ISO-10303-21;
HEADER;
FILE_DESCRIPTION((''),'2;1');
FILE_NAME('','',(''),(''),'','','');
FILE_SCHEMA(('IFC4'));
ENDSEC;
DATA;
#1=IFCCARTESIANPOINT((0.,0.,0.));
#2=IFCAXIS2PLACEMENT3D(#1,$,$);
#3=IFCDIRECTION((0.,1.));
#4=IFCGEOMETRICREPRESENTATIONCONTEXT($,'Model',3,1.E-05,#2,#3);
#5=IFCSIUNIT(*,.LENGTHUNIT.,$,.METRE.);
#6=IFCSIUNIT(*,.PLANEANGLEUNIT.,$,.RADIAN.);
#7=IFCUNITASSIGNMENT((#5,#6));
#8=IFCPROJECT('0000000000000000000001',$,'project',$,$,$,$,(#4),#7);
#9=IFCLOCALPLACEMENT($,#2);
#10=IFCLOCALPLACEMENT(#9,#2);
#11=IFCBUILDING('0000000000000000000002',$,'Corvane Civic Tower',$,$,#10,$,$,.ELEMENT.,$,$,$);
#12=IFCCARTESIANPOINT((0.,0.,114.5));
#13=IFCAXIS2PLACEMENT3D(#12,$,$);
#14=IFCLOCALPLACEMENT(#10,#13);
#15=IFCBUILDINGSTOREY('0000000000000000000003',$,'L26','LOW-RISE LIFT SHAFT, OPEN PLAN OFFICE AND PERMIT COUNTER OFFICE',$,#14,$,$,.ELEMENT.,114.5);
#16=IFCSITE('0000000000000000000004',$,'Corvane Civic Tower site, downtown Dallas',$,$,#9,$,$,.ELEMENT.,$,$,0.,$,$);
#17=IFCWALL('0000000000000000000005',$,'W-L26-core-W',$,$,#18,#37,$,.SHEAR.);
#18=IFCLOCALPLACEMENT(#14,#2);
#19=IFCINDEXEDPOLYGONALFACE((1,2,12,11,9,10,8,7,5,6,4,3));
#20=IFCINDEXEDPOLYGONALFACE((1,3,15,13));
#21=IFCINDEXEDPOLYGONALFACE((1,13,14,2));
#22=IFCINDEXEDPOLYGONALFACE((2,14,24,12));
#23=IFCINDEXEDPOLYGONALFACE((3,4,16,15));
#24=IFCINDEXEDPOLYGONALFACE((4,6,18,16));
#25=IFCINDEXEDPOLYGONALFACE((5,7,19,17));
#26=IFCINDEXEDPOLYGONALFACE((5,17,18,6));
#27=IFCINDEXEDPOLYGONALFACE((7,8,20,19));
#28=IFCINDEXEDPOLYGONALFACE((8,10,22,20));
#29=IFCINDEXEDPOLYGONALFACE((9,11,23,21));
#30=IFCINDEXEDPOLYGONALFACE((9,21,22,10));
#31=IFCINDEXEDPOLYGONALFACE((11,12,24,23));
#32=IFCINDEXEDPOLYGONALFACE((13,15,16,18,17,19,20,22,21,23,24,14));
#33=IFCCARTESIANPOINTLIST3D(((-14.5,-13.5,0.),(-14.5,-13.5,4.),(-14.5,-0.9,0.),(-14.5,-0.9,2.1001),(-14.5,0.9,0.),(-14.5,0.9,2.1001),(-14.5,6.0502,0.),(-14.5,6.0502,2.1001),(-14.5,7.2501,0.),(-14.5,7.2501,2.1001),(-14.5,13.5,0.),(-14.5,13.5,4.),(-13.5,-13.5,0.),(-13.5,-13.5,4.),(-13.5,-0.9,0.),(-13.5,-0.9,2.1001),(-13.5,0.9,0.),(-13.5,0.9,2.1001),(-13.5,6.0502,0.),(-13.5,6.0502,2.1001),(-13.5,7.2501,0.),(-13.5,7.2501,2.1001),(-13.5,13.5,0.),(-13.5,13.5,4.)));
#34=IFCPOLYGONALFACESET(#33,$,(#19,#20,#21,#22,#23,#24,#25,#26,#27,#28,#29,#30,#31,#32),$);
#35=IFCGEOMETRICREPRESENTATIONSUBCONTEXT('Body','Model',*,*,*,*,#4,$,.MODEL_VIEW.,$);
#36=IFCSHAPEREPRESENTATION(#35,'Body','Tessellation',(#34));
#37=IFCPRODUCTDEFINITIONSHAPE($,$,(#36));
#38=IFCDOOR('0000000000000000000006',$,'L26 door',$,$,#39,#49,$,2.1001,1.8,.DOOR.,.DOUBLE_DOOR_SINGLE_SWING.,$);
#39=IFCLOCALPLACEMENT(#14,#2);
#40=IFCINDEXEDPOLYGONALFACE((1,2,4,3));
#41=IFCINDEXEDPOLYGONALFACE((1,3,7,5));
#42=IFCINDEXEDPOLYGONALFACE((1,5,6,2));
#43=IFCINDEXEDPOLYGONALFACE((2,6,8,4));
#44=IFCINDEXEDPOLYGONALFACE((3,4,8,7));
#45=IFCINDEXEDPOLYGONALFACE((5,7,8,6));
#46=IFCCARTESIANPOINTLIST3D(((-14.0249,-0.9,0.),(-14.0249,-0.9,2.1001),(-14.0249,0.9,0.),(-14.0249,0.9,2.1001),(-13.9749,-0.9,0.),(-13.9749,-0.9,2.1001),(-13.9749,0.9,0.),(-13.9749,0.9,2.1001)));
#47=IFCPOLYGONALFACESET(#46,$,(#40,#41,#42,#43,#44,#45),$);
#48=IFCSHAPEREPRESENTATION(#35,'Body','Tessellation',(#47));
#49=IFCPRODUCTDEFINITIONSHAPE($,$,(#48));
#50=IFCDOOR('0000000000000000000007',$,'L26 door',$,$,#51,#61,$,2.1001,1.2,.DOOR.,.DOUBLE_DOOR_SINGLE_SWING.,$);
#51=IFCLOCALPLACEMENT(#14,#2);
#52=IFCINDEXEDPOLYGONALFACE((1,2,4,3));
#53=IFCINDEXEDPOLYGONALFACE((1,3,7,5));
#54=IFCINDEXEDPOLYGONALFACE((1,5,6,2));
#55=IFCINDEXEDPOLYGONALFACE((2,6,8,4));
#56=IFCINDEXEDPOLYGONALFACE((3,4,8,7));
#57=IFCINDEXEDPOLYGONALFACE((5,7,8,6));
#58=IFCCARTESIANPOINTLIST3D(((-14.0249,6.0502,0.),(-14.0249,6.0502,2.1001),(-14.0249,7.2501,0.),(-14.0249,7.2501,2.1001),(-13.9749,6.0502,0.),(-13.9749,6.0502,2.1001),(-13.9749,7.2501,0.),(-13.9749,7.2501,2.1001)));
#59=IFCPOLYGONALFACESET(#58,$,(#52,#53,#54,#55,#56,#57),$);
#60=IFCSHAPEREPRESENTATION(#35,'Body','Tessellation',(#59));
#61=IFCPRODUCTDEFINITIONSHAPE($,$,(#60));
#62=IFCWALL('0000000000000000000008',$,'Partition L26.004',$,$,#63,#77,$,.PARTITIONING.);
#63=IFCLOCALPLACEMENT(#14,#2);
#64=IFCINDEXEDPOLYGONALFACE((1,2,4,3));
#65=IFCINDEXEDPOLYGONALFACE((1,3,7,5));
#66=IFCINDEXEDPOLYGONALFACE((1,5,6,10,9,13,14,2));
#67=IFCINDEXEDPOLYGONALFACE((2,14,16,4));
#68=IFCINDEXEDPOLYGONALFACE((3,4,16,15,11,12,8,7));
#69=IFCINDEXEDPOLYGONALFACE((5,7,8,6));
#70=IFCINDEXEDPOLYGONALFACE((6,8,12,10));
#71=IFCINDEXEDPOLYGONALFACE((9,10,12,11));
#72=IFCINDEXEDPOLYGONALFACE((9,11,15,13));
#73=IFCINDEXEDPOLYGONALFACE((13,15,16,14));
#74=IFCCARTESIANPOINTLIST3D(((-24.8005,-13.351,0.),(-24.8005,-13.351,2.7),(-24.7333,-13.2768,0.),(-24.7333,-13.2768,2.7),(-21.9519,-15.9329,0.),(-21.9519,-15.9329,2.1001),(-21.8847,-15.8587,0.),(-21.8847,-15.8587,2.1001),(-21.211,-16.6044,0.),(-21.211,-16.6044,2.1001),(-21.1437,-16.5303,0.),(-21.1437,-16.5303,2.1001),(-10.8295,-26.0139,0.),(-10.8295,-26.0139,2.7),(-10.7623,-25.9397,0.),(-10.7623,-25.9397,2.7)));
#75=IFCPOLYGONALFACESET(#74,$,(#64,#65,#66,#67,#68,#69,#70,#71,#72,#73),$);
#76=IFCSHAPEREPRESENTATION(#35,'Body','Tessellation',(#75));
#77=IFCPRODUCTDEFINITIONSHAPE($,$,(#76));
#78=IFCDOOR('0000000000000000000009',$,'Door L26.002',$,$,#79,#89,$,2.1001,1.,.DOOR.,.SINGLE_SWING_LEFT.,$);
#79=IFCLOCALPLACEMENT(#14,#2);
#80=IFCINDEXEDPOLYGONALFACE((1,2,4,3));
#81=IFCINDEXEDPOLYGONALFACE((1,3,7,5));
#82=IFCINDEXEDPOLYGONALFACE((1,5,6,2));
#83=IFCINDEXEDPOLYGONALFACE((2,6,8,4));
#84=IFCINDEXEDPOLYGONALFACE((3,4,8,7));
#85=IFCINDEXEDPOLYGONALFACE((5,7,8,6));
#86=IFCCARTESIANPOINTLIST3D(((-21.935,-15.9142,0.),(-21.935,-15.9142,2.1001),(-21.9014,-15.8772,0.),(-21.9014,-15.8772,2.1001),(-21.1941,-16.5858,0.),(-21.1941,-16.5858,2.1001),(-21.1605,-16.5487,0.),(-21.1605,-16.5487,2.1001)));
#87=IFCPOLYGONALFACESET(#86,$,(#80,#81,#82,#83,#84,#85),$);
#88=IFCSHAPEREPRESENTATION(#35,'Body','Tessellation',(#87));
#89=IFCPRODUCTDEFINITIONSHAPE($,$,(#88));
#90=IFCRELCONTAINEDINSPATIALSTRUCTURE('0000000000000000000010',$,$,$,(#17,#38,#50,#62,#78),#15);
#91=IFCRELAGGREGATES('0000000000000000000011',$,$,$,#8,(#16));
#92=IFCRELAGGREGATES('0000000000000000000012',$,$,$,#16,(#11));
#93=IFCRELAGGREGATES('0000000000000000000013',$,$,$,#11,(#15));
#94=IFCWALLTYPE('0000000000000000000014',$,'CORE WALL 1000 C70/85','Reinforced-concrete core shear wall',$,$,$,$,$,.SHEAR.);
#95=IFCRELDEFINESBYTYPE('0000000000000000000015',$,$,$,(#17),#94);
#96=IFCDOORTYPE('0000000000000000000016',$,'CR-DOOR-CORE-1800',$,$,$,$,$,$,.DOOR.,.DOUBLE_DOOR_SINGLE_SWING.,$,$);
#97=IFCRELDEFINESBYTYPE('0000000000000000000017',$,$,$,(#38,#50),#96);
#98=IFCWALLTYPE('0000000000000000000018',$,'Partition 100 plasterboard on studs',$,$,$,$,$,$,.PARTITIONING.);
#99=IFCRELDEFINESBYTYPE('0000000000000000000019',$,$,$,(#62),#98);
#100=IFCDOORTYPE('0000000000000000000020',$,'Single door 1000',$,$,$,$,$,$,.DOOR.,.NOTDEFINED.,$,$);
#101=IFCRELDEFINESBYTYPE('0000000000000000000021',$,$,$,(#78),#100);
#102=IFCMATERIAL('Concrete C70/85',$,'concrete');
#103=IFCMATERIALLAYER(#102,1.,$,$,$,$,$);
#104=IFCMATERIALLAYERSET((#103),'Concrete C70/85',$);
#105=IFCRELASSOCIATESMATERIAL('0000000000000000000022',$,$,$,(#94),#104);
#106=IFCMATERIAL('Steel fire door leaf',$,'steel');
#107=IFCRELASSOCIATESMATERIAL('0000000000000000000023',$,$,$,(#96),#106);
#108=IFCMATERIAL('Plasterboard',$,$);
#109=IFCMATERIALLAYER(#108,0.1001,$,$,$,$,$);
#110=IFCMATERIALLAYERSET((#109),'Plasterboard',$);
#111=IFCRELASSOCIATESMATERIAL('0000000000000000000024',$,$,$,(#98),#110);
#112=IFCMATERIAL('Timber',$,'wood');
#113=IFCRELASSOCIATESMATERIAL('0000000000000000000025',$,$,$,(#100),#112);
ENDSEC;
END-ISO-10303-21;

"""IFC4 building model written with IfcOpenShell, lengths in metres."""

from ifc_helpers import new_model, si_unit, direction, frame, frame_2d, origin, place, context, subcontext, project, spatial, rectangle, extrude, material, layer, layer_set, type_object, element, fill, save


model = new_model("IFC4")

# Units and contexts
model_context = context("Model", 3, precision=1e-05, world=origin(), true_north=direction((0.0, 1.0)))
body_context = subcontext(model_context, "Body", "Model", "MODEL_VIEW")
ifc_project = project(units=[si_unit("LENGTHUNIT", "METRE"), si_unit("PLANEANGLEUNIT", "RADIAN")], contexts=[model_context])

# Site, building, storey
site_placement = place(None, origin())
site = spatial("IfcSite", under=ifc_project, at=site_placement, Name="Corvane Civic Tower site, downtown Dallas", CompositionType="ELEMENT", RefElevation=0.0)
building_placement = place(site_placement, origin())
building = spatial("IfcBuilding", under=site, at=building_placement, Name="Corvane Civic Tower", CompositionType="ELEMENT")
storey_placement = place(building_placement, frame((0.0, 0.0, 114.5)))
storey = spatial("IfcBuildingStorey", under=building, at=storey_placement, Name="L26", Description="LOW-RISE LIFT SHAFT, OPEN PLAN OFFICE AND PERMIT COUNTER OFFICE", CompositionType="ELEMENT", Elevation=114.5)

# Shared definitions
ifc_material_1 = material(Name="Concrete C70/85", Category="concrete")
ifc_layer_1 = layer(ifc_material_1, 1.0)
ifc_layer_set_1 = layer_set([ifc_layer_1], Name="Concrete C70/85")
wall_type_1 = type_object("IfcWallType", Name="CORE WALL 1000 C70/85", Description="Reinforced-concrete core shear wall", PredefinedType="SHEAR", material=ifc_layer_set_1)

# Wall, openings, doors
wall_1_placement = place(storey_placement, frame((-14.0, -13.5, 0.0), z_axis=(0.0, 0.0, 1.0), x_axis=(0.0, 1.0, 0.0)))
wall_1 = element("IfcWall", 1, at=wall_1_placement, inside=storey, type_object=wall_type_1, Name="W-L26-core-W", PredefinedType="SHEAR", context=body_context, shape_type="SweptSolid", body=[
    extrude(rectangle(XDim=27.0, YDim=1.0, at=frame_2d((13.5, 0.0))), origin(), (0.0, 0.0, 1.0), 4.0),
])
opening_1_placement = place(wall_1_placement, frame((12.6001, 0.0, 0.0)))
opening_1 = element("IfcOpeningElement", 2, at=opening_1_placement, cuts=wall_1, PredefinedType="OPENING", context=body_context, shape_type="SweptSolid", body=[
    extrude(rectangle(XDim=1.8, YDim=2.1001, at=frame_2d((0.8999, 1.05))), frame((0.0, 0.51, 0.0), z_axis=(0.0, -1.0, 0.0), x_axis=(1.0, 0.0, 0.0)), (0.0, 0.0, 1.0), 1.02),
])
opening_2_placement = place(wall_1_placement, frame((19.55, 0.0, 0.0)))
opening_2 = element("IfcOpeningElement", 3, at=opening_2_placement, cuts=wall_1, PredefinedType="OPENING", context=body_context, shape_type="SweptSolid", body=[
    extrude(rectangle(XDim=1.2, YDim=2.1001, at=frame_2d((0.6001, 1.05))), frame((0.0, 0.51, 0.0), z_axis=(0.0, -1.0, 0.0), x_axis=(1.0, 0.0, 0.0)), (0.0, 0.0, 1.0), 1.02),
])
ifc_material_2 = material(Name="Steel fire door leaf", Category="steel")
door_type_1 = type_object("IfcDoorType", Name="CR-DOOR-CORE-1800", OperationType="DOUBLE_DOOR_SINGLE_SWING", PredefinedType="DOOR", material=ifc_material_2)
door_1_placement = place(opening_1_placement, origin())
door_1 = element("IfcDoor", 4, at=door_1_placement, inside=storey, type_object=door_type_1, Name="L26 door", OperationType="DOUBLE_DOOR_SINGLE_SWING", OverallHeight=2.1001, OverallWidth=1.8, PredefinedType="DOOR", context=body_context, shape_type="SweptSolid", body=[
    extrude(rectangle(XDim=1.8, YDim=2.1001, at=frame_2d((0.8999, 1.05))), frame((0.0, 0.0249, 0.0), z_axis=(0.0, -1.0, 0.0), x_axis=(1.0, 0.0, 0.0)), (0.0, 0.0, 1.0), 0.05),
])
fill(opening_1, door_1)
door_2_placement = place(opening_2_placement, origin())
door_2 = element("IfcDoor", 5, at=door_2_placement, inside=storey, type_object=door_type_1, Name="L26 door", OperationType="DOUBLE_DOOR_SINGLE_SWING", OverallHeight=2.1001, OverallWidth=1.2, PredefinedType="DOOR", context=body_context, shape_type="SweptSolid", body=[
    extrude(rectangle(XDim=1.2, YDim=2.1001, at=frame_2d((0.6001, 1.05))), frame((0.0, 0.0249, 0.0), z_axis=(0.0, -1.0, 0.0), x_axis=(1.0, 0.0, 0.0)), (0.0, 0.0, 1.0), 0.05),
])
fill(opening_2, door_2)

# Wall, opening, door
ifc_material_3 = material(Name="Plasterboard")
ifc_layer_2 = layer(ifc_material_3, 0.1001)
ifc_layer_set_2 = layer_set([ifc_layer_2], Name="Plasterboard")
wall_type_2 = type_object("IfcWallType", Name="Partition 100 plasterboard on studs", PredefinedType="PARTITIONING", material=ifc_layer_set_2)
wall_2_placement = place(storey_placement, frame((-24.7668, -13.314, 0.0), z_axis=(0.0, 0.0, 1.0), x_axis=(0.740943, -0.671568, 0.0)))
wall_2 = element("IfcWall", 6, at=wall_2_placement, inside=storey, type_object=wall_type_2, Name="Partition L26.004", PredefinedType="PARTITIONING", context=body_context, shape_type="SweptSolid", body=[
    extrude(rectangle(XDim=18.8557, YDim=0.1001, at=frame_2d((9.4277, 0.0))), origin(), (0.0, 0.0, 1.0), 2.7),
])
opening_3_placement = place(wall_2_placement, frame((3.8445, 0.0, 0.0)))
opening_3 = element("IfcOpeningElement", 7, at=opening_3_placement, cuts=wall_2, PredefinedType="OPENING", context=body_context, shape_type="SweptSolid", body=[
    extrude(rectangle(XDim=1.0, YDim=2.1001, at=frame_2d((0.5, 1.05))), frame((0.0, 0.0601, 0.0), z_axis=(0.0, -1.0, 0.0), x_axis=(1.0, 0.0, 0.0)), (0.0, 0.0, 1.0), 0.1201),
])
ifc_material_4 = material(Name="Timber", Category="wood")
door_type_2 = type_object("IfcDoorType", Name="Single door 1000", OperationType="NOTDEFINED", PredefinedType="DOOR", material=ifc_material_4)
door_3_placement = place(opening_3_placement, frame((1.0, 0.0, 0.0), z_axis=(0.0, 0.0, 1.0), x_axis=(-1.0, 0.0, 0.0)))
door_3 = element("IfcDoor", 8, at=door_3_placement, inside=storey, type_object=door_type_2, Name="Door L26.002", OperationType="SINGLE_SWING_LEFT", OverallHeight=2.1001, OverallWidth=1.0, PredefinedType="DOOR", context=body_context, shape_type="SweptSolid", body=[
    extrude(rectangle(XDim=1.0, YDim=2.1001, at=frame_2d((0.5, 1.05))), frame((0.0, 0.0249, 0.0), z_axis=(0.0, -1.0, 0.0), x_axis=(1.0, 0.0, 0.0)), (0.0, 0.0, 1.0), 0.05),
])
fill(opening_3, door_3)

save(model, "model.ifc")
